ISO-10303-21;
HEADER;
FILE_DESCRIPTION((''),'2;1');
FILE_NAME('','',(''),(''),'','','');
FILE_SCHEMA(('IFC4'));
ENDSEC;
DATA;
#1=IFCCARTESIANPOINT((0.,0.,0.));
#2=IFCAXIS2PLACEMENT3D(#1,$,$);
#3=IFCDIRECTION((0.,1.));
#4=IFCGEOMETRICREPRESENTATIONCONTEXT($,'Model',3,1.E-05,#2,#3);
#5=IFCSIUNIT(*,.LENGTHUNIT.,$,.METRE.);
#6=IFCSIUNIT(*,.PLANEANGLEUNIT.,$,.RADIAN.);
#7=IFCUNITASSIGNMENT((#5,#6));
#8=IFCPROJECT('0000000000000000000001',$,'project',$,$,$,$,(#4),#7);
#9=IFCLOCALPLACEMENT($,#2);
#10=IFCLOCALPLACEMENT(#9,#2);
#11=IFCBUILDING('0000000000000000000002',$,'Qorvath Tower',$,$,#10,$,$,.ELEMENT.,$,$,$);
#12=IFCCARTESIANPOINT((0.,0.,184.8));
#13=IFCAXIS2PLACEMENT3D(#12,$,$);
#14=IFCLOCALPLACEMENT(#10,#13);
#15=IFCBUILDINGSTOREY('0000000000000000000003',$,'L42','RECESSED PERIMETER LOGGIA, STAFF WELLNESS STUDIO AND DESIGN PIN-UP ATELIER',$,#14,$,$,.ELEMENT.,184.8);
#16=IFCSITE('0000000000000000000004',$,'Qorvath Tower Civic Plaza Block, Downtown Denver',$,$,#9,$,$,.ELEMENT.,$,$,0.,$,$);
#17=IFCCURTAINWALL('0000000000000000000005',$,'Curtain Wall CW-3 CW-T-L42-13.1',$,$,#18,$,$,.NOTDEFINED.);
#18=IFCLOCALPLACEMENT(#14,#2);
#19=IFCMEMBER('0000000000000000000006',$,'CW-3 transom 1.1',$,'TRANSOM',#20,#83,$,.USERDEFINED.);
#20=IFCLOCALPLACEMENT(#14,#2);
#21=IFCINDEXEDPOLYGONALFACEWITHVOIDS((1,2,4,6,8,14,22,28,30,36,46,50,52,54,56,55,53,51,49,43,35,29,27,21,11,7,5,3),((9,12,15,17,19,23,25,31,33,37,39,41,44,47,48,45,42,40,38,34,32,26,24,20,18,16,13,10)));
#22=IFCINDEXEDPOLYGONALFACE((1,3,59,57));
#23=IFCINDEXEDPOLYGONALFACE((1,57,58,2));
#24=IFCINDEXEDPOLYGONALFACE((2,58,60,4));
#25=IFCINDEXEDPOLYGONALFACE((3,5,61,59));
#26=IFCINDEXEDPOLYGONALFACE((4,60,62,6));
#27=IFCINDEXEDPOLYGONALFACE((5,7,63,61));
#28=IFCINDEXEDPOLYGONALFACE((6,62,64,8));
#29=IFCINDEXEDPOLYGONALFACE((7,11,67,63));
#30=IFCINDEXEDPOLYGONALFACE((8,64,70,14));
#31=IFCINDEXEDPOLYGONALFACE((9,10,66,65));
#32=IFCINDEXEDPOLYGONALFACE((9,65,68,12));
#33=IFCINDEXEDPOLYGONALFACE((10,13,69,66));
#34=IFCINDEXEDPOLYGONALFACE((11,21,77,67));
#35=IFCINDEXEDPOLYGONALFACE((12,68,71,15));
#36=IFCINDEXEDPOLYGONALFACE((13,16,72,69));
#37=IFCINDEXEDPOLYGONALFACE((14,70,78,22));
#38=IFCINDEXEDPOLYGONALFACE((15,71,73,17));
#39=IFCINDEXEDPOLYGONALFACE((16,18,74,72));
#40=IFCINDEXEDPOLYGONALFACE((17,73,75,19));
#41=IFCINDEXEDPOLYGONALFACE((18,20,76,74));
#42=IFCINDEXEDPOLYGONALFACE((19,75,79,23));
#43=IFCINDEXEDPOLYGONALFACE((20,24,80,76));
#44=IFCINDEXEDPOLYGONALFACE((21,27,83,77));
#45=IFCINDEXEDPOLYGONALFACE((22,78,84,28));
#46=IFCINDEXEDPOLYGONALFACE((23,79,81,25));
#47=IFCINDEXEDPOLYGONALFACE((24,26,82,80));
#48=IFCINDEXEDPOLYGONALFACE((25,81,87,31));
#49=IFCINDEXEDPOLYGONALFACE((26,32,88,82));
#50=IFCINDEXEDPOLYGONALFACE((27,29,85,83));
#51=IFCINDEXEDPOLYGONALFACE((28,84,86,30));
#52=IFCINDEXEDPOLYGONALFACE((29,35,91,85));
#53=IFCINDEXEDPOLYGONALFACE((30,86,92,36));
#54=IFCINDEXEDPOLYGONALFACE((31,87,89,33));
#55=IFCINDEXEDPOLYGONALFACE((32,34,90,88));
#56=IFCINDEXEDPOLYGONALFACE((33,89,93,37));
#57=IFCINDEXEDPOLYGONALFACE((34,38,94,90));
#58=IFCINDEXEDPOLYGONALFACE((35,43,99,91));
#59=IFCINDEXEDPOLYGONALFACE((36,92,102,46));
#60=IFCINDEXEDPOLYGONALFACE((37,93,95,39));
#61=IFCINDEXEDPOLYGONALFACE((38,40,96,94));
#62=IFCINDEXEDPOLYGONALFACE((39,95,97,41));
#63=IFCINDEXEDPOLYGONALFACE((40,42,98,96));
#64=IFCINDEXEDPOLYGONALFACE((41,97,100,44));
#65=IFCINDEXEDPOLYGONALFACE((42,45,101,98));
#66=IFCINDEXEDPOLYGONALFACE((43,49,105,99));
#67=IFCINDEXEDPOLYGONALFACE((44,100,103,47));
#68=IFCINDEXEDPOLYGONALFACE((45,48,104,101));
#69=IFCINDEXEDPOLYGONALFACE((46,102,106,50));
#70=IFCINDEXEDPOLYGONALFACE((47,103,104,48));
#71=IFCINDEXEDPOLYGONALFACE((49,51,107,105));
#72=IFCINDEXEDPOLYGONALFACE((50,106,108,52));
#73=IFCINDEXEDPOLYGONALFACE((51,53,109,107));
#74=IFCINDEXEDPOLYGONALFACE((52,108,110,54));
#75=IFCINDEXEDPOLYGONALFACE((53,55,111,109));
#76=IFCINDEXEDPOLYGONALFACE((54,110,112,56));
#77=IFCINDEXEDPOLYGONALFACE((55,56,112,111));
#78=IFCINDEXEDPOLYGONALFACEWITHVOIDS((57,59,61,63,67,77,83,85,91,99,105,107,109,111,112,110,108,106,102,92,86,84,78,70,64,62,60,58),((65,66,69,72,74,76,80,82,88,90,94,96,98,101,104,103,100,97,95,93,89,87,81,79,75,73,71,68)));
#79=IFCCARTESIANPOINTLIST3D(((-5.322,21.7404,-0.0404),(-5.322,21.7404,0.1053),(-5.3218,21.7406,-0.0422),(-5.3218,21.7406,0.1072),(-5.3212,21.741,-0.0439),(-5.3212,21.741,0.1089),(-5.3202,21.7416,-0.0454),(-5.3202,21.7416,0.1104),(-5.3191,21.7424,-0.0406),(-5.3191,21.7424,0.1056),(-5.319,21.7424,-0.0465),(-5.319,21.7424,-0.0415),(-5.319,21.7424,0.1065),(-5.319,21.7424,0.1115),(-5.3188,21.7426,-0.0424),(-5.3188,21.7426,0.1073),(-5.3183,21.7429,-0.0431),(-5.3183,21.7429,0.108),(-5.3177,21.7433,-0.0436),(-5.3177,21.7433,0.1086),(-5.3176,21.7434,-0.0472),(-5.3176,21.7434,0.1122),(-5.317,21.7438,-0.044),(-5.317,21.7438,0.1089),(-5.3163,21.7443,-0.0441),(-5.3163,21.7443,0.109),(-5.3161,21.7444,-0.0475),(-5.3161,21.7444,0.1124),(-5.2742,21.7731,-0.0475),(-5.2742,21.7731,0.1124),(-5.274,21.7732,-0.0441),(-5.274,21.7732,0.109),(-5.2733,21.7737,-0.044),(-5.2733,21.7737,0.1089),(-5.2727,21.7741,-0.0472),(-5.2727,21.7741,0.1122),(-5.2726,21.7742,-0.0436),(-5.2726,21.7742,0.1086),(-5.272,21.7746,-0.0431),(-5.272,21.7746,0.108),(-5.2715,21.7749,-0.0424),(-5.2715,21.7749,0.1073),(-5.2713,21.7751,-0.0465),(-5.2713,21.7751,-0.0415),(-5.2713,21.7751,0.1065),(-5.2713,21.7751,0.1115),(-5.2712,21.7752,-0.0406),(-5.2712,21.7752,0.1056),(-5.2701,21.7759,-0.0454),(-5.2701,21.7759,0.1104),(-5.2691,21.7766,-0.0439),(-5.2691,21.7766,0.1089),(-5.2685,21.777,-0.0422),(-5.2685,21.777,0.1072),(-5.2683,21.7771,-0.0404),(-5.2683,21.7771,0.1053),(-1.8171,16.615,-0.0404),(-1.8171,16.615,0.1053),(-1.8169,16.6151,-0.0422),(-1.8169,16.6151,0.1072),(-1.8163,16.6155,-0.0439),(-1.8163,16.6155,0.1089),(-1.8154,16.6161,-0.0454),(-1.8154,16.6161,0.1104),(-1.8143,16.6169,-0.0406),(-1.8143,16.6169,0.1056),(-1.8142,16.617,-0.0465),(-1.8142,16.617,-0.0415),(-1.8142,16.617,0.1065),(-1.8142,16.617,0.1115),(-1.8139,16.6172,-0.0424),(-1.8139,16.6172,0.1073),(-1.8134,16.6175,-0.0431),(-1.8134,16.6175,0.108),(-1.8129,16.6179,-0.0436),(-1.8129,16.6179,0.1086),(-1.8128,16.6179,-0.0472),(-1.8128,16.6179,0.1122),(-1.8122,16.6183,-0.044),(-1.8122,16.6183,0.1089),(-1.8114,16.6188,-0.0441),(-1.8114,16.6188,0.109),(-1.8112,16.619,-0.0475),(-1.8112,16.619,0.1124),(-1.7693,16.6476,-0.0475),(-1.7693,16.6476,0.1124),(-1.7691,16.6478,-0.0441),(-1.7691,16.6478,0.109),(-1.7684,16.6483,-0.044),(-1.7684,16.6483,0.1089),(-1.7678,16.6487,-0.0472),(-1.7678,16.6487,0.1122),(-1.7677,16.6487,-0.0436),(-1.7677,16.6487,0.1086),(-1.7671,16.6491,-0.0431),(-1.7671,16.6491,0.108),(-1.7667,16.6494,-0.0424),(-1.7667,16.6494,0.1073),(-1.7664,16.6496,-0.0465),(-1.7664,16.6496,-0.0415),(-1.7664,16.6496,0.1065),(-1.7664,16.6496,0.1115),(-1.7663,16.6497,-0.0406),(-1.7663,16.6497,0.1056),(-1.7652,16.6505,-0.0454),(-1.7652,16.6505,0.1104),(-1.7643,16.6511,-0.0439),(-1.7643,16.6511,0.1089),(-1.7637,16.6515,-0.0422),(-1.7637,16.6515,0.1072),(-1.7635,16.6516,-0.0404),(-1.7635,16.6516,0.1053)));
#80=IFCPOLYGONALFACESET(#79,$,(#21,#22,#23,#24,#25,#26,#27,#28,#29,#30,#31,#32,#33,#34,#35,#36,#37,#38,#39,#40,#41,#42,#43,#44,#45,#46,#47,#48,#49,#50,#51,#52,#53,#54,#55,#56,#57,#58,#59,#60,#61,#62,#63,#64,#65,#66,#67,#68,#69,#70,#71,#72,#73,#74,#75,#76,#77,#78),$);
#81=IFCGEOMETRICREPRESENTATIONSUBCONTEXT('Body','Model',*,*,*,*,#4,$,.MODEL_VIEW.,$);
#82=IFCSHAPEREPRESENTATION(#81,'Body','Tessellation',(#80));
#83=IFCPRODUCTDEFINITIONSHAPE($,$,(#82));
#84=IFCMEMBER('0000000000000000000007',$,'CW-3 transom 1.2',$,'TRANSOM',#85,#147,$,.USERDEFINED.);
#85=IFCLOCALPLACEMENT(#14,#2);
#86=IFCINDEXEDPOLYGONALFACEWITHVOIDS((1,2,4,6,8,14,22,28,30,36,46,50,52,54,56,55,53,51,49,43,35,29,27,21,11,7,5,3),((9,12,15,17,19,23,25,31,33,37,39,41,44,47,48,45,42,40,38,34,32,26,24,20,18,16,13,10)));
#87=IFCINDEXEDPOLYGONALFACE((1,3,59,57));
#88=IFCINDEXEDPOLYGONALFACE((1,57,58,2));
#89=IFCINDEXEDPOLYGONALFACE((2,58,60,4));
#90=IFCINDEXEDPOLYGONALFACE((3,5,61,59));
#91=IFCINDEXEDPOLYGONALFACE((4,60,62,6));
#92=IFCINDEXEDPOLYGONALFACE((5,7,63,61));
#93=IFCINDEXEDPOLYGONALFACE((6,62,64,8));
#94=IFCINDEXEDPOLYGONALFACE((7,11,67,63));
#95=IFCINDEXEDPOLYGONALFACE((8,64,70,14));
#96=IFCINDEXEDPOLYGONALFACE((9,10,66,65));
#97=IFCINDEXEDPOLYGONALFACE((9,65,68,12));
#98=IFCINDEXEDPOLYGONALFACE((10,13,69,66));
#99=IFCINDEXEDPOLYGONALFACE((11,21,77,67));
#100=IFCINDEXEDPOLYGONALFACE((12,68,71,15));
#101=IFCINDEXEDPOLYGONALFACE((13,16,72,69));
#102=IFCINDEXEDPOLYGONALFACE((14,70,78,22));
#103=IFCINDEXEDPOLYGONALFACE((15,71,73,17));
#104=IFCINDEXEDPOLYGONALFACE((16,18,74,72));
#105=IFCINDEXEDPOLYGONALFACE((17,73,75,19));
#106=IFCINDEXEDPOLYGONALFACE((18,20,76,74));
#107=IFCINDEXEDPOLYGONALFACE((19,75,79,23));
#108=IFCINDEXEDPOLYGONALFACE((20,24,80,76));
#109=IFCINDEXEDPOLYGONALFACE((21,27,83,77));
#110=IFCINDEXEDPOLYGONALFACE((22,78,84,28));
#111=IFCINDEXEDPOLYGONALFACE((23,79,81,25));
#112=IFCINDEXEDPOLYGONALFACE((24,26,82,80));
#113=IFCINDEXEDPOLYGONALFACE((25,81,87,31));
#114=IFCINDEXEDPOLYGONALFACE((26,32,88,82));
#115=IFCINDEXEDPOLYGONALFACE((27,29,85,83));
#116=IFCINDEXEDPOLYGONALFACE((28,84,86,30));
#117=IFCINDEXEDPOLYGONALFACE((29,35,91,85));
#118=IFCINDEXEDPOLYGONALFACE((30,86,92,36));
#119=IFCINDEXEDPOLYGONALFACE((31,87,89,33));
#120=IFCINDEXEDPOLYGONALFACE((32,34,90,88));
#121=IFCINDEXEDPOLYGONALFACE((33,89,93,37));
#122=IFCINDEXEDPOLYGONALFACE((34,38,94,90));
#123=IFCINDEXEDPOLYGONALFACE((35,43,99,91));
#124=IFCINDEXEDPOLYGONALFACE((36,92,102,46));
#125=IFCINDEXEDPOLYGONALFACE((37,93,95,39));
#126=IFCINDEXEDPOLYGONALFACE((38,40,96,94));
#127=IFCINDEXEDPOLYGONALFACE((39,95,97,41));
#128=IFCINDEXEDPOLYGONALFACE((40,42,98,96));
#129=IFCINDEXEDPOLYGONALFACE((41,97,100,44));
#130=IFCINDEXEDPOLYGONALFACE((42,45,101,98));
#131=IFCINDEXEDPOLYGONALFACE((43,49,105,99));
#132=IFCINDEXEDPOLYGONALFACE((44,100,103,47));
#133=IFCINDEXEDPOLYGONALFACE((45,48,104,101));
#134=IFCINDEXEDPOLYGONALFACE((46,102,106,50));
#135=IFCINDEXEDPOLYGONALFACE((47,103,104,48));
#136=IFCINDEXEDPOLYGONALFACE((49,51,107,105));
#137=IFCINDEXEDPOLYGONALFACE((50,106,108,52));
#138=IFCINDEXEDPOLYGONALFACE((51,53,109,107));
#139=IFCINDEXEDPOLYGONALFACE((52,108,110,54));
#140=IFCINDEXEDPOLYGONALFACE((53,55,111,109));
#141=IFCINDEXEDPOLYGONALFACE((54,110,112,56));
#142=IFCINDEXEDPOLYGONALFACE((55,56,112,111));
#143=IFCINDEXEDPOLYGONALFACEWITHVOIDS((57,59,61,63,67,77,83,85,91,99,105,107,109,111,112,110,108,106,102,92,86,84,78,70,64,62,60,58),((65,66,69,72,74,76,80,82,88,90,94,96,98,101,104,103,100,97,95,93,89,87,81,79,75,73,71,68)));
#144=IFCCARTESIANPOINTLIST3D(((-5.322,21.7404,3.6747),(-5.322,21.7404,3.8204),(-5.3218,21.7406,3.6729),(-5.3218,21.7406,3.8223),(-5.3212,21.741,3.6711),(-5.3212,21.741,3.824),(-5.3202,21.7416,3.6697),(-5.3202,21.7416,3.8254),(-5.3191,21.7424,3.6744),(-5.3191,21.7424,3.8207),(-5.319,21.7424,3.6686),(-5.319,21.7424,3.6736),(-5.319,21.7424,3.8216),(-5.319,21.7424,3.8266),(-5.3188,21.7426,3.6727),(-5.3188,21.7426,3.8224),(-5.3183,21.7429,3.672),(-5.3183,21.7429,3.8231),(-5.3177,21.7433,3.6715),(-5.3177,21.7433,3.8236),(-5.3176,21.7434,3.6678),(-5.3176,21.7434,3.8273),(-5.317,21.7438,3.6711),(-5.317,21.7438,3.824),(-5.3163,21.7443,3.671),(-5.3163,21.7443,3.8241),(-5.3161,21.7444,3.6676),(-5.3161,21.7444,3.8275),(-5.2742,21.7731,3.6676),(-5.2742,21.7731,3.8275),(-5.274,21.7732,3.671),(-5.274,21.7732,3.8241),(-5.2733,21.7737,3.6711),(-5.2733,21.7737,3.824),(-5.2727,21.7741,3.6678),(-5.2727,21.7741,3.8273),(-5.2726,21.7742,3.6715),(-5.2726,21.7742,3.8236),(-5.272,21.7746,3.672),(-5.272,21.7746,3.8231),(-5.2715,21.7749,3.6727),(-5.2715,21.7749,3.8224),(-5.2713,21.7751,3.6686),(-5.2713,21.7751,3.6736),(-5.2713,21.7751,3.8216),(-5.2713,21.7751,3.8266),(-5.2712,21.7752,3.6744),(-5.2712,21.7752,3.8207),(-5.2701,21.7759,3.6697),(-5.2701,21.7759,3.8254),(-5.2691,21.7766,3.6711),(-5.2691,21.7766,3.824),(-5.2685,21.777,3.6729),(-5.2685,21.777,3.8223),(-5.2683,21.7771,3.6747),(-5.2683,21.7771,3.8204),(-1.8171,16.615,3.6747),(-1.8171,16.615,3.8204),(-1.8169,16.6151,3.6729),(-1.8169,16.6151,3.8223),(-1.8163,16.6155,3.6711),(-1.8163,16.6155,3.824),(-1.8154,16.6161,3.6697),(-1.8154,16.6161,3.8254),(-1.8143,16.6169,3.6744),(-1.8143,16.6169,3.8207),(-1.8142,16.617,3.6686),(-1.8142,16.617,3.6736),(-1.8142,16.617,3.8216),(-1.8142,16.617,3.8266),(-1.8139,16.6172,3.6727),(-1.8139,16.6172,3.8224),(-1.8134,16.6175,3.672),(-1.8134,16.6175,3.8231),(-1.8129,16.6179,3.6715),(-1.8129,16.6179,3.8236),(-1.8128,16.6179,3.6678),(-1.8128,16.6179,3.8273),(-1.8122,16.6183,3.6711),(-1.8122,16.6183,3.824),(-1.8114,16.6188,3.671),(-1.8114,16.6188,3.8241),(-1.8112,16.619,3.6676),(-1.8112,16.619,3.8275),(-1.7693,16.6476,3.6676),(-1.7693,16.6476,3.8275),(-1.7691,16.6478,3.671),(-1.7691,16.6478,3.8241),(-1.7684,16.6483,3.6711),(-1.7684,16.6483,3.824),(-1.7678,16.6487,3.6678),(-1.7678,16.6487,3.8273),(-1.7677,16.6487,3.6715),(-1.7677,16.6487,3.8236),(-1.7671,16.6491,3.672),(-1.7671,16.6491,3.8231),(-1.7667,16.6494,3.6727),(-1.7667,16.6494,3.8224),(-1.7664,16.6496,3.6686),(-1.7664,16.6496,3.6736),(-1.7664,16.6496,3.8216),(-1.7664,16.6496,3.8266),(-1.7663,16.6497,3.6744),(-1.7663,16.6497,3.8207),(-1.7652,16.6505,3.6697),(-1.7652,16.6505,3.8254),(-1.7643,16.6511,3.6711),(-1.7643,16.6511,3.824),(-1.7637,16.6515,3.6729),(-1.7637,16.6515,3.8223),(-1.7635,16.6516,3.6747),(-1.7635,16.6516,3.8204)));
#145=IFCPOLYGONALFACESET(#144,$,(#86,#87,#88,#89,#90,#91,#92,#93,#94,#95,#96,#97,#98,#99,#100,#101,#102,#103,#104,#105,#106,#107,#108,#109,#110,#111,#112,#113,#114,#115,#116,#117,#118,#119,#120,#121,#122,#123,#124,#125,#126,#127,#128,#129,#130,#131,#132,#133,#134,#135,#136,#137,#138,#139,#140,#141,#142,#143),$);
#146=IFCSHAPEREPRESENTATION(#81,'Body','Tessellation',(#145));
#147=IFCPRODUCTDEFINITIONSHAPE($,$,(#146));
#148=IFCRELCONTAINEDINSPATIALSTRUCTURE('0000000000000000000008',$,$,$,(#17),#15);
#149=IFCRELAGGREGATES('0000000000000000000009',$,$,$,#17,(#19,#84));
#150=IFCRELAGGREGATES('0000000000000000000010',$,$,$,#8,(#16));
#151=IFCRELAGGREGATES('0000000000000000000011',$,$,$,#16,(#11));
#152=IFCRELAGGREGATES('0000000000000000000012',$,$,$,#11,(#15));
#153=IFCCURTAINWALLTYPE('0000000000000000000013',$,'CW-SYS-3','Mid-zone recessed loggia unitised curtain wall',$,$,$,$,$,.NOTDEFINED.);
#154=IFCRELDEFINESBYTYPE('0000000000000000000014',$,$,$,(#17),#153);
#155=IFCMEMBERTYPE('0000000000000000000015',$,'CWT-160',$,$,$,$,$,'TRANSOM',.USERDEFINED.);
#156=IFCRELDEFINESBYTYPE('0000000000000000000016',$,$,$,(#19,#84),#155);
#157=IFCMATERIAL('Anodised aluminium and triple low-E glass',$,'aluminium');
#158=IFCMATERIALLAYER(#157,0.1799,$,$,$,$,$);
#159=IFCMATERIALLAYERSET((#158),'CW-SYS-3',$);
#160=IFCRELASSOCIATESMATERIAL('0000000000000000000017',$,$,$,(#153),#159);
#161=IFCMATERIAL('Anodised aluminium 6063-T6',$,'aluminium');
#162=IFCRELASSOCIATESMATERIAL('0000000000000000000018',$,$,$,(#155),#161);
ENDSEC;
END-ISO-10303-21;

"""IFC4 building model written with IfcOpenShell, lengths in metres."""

from ifc_helpers import new_model, si_unit, direction, frame, origin, origin_2d, place, context, subcontext, project, spatial, hollow_rectangle, extrude, material, layer, layer_set, material_profile, profile_set, type_object, element, aggregate, save


model = new_model("IFC4")

# Units and contexts
model_context = context("Model", 3, precision=1e-05, world=origin(), true_north=direction((0.0, 1.0)))
body_context = subcontext(model_context, "Body", "Model", "MODEL_VIEW")
ifc_project = project(units=[si_unit("LENGTHUNIT", "METRE"), si_unit("PLANEANGLEUNIT", "RADIAN")], contexts=[model_context])

# Site, building, storey
site_placement = place(None, origin())
site = spatial("IfcSite", under=ifc_project, at=site_placement, Name="Qorvath Tower Civic Plaza Block, Downtown Denver", CompositionType="ELEMENT", RefElevation=0.0)
building_placement = place(site_placement, origin())
building = spatial("IfcBuilding", under=site, at=building_placement, Name="Qorvath Tower", CompositionType="ELEMENT")
storey_placement = place(building_placement, frame((0.0, 0.0, 184.8)))
storey = spatial("IfcBuildingStorey", under=building, at=storey_placement, Name="L42", Description="RECESSED PERIMETER LOGGIA, STAFF WELLNESS STUDIO AND DESIGN PIN-UP ATELIER", CompositionType="ELEMENT", Elevation=184.8)

# Shared definitions
ifc_material_1 = material(Name="Anodised aluminium and triple low-E glass", Category="aluminium")
ifc_layer_1 = layer(ifc_material_1, 0.1799)
ifc_layer_set_1 = layer_set([ifc_layer_1], Name="CW-SYS-3")
curtain_wall_type = type_object("IfcCurtainWallType", Name="CW-SYS-3", Description="Mid-zone recessed loggia unitised curtain wall", PredefinedType="NOTDEFINED", material=ifc_layer_set_1)

# Curtain wall
curtain_wall_1_placement = place(storey_placement, origin())
curtain_wall_1 = element("IfcCurtainWall", 1, at=curtain_wall_1_placement, inside=storey, type_object=curtain_wall_type, Name="Curtain Wall CW-3 CW-T-L42-13.1", PredefinedType="NOTDEFINED")

# Members
ifc_material_2 = material(Name="Anodised aluminium 6063-T6", Category="aluminium")
ifc_material_profile_1 = material_profile(ifc_material_2, hollow_rectangle(XDim=0.0649, YDim=0.1599, WallThickness=0.0034, InnerFilletRadius=0.0034, OuterFilletRadius=0.0071, at=origin_2d()), Name="CWT 160x65")
ifc_profile_set_1 = profile_set([ifc_material_profile_1], Name="Anodised aluminium 6063-T6")
member_type_1 = type_object("IfcMemberType", Name="CWT-160", ElementType="TRANSOM", PredefinedType="USERDEFINED", material=ifc_profile_set_1)
member_1_placement = place(storey_placement, frame((-1.7903, 16.6333, 0.0325), z_axis=(-0.564461, 0.82546, 0.0), x_axis=(-0.82546, -0.564461, 0.0)))
member_1 = element("IfcMember", 2, at=member_1_placement, type_object=member_type_1, Name="CW-3 transom 1.1", ObjectType="TRANSOM", PredefinedType="USERDEFINED", context=body_context, shape_type="SweptSolid", body=[
    extrude(hollow_rectangle(XDim=0.0649, YDim=0.1599, WallThickness=0.0034, InnerFilletRadius=0.0034, OuterFilletRadius=0.0071, at=origin_2d()), origin(), (0.0, 0.0, 1.0), 6.2092),
])
member_2_placement = place(storey_placement, frame((-1.7903, 16.6333, 3.7476), z_axis=(-0.564461, 0.82546, 0.0), x_axis=(-0.82546, -0.564461, 0.0)))
member_2 = element("IfcMember", 3, at=member_2_placement, type_object=member_type_1, Name="CW-3 transom 1.2", ObjectType="TRANSOM", PredefinedType="USERDEFINED", context=body_context, shape_type="SweptSolid", body=[
    extrude(hollow_rectangle(XDim=0.0649, YDim=0.1599, WallThickness=0.0034, InnerFilletRadius=0.0034, OuterFilletRadius=0.0071, at=origin_2d()), origin(), (0.0, 0.0, 1.0), 6.2092),
])

aggregate(curtain_wall_1, [member_1, member_2])

save(model, "model.ifc")
